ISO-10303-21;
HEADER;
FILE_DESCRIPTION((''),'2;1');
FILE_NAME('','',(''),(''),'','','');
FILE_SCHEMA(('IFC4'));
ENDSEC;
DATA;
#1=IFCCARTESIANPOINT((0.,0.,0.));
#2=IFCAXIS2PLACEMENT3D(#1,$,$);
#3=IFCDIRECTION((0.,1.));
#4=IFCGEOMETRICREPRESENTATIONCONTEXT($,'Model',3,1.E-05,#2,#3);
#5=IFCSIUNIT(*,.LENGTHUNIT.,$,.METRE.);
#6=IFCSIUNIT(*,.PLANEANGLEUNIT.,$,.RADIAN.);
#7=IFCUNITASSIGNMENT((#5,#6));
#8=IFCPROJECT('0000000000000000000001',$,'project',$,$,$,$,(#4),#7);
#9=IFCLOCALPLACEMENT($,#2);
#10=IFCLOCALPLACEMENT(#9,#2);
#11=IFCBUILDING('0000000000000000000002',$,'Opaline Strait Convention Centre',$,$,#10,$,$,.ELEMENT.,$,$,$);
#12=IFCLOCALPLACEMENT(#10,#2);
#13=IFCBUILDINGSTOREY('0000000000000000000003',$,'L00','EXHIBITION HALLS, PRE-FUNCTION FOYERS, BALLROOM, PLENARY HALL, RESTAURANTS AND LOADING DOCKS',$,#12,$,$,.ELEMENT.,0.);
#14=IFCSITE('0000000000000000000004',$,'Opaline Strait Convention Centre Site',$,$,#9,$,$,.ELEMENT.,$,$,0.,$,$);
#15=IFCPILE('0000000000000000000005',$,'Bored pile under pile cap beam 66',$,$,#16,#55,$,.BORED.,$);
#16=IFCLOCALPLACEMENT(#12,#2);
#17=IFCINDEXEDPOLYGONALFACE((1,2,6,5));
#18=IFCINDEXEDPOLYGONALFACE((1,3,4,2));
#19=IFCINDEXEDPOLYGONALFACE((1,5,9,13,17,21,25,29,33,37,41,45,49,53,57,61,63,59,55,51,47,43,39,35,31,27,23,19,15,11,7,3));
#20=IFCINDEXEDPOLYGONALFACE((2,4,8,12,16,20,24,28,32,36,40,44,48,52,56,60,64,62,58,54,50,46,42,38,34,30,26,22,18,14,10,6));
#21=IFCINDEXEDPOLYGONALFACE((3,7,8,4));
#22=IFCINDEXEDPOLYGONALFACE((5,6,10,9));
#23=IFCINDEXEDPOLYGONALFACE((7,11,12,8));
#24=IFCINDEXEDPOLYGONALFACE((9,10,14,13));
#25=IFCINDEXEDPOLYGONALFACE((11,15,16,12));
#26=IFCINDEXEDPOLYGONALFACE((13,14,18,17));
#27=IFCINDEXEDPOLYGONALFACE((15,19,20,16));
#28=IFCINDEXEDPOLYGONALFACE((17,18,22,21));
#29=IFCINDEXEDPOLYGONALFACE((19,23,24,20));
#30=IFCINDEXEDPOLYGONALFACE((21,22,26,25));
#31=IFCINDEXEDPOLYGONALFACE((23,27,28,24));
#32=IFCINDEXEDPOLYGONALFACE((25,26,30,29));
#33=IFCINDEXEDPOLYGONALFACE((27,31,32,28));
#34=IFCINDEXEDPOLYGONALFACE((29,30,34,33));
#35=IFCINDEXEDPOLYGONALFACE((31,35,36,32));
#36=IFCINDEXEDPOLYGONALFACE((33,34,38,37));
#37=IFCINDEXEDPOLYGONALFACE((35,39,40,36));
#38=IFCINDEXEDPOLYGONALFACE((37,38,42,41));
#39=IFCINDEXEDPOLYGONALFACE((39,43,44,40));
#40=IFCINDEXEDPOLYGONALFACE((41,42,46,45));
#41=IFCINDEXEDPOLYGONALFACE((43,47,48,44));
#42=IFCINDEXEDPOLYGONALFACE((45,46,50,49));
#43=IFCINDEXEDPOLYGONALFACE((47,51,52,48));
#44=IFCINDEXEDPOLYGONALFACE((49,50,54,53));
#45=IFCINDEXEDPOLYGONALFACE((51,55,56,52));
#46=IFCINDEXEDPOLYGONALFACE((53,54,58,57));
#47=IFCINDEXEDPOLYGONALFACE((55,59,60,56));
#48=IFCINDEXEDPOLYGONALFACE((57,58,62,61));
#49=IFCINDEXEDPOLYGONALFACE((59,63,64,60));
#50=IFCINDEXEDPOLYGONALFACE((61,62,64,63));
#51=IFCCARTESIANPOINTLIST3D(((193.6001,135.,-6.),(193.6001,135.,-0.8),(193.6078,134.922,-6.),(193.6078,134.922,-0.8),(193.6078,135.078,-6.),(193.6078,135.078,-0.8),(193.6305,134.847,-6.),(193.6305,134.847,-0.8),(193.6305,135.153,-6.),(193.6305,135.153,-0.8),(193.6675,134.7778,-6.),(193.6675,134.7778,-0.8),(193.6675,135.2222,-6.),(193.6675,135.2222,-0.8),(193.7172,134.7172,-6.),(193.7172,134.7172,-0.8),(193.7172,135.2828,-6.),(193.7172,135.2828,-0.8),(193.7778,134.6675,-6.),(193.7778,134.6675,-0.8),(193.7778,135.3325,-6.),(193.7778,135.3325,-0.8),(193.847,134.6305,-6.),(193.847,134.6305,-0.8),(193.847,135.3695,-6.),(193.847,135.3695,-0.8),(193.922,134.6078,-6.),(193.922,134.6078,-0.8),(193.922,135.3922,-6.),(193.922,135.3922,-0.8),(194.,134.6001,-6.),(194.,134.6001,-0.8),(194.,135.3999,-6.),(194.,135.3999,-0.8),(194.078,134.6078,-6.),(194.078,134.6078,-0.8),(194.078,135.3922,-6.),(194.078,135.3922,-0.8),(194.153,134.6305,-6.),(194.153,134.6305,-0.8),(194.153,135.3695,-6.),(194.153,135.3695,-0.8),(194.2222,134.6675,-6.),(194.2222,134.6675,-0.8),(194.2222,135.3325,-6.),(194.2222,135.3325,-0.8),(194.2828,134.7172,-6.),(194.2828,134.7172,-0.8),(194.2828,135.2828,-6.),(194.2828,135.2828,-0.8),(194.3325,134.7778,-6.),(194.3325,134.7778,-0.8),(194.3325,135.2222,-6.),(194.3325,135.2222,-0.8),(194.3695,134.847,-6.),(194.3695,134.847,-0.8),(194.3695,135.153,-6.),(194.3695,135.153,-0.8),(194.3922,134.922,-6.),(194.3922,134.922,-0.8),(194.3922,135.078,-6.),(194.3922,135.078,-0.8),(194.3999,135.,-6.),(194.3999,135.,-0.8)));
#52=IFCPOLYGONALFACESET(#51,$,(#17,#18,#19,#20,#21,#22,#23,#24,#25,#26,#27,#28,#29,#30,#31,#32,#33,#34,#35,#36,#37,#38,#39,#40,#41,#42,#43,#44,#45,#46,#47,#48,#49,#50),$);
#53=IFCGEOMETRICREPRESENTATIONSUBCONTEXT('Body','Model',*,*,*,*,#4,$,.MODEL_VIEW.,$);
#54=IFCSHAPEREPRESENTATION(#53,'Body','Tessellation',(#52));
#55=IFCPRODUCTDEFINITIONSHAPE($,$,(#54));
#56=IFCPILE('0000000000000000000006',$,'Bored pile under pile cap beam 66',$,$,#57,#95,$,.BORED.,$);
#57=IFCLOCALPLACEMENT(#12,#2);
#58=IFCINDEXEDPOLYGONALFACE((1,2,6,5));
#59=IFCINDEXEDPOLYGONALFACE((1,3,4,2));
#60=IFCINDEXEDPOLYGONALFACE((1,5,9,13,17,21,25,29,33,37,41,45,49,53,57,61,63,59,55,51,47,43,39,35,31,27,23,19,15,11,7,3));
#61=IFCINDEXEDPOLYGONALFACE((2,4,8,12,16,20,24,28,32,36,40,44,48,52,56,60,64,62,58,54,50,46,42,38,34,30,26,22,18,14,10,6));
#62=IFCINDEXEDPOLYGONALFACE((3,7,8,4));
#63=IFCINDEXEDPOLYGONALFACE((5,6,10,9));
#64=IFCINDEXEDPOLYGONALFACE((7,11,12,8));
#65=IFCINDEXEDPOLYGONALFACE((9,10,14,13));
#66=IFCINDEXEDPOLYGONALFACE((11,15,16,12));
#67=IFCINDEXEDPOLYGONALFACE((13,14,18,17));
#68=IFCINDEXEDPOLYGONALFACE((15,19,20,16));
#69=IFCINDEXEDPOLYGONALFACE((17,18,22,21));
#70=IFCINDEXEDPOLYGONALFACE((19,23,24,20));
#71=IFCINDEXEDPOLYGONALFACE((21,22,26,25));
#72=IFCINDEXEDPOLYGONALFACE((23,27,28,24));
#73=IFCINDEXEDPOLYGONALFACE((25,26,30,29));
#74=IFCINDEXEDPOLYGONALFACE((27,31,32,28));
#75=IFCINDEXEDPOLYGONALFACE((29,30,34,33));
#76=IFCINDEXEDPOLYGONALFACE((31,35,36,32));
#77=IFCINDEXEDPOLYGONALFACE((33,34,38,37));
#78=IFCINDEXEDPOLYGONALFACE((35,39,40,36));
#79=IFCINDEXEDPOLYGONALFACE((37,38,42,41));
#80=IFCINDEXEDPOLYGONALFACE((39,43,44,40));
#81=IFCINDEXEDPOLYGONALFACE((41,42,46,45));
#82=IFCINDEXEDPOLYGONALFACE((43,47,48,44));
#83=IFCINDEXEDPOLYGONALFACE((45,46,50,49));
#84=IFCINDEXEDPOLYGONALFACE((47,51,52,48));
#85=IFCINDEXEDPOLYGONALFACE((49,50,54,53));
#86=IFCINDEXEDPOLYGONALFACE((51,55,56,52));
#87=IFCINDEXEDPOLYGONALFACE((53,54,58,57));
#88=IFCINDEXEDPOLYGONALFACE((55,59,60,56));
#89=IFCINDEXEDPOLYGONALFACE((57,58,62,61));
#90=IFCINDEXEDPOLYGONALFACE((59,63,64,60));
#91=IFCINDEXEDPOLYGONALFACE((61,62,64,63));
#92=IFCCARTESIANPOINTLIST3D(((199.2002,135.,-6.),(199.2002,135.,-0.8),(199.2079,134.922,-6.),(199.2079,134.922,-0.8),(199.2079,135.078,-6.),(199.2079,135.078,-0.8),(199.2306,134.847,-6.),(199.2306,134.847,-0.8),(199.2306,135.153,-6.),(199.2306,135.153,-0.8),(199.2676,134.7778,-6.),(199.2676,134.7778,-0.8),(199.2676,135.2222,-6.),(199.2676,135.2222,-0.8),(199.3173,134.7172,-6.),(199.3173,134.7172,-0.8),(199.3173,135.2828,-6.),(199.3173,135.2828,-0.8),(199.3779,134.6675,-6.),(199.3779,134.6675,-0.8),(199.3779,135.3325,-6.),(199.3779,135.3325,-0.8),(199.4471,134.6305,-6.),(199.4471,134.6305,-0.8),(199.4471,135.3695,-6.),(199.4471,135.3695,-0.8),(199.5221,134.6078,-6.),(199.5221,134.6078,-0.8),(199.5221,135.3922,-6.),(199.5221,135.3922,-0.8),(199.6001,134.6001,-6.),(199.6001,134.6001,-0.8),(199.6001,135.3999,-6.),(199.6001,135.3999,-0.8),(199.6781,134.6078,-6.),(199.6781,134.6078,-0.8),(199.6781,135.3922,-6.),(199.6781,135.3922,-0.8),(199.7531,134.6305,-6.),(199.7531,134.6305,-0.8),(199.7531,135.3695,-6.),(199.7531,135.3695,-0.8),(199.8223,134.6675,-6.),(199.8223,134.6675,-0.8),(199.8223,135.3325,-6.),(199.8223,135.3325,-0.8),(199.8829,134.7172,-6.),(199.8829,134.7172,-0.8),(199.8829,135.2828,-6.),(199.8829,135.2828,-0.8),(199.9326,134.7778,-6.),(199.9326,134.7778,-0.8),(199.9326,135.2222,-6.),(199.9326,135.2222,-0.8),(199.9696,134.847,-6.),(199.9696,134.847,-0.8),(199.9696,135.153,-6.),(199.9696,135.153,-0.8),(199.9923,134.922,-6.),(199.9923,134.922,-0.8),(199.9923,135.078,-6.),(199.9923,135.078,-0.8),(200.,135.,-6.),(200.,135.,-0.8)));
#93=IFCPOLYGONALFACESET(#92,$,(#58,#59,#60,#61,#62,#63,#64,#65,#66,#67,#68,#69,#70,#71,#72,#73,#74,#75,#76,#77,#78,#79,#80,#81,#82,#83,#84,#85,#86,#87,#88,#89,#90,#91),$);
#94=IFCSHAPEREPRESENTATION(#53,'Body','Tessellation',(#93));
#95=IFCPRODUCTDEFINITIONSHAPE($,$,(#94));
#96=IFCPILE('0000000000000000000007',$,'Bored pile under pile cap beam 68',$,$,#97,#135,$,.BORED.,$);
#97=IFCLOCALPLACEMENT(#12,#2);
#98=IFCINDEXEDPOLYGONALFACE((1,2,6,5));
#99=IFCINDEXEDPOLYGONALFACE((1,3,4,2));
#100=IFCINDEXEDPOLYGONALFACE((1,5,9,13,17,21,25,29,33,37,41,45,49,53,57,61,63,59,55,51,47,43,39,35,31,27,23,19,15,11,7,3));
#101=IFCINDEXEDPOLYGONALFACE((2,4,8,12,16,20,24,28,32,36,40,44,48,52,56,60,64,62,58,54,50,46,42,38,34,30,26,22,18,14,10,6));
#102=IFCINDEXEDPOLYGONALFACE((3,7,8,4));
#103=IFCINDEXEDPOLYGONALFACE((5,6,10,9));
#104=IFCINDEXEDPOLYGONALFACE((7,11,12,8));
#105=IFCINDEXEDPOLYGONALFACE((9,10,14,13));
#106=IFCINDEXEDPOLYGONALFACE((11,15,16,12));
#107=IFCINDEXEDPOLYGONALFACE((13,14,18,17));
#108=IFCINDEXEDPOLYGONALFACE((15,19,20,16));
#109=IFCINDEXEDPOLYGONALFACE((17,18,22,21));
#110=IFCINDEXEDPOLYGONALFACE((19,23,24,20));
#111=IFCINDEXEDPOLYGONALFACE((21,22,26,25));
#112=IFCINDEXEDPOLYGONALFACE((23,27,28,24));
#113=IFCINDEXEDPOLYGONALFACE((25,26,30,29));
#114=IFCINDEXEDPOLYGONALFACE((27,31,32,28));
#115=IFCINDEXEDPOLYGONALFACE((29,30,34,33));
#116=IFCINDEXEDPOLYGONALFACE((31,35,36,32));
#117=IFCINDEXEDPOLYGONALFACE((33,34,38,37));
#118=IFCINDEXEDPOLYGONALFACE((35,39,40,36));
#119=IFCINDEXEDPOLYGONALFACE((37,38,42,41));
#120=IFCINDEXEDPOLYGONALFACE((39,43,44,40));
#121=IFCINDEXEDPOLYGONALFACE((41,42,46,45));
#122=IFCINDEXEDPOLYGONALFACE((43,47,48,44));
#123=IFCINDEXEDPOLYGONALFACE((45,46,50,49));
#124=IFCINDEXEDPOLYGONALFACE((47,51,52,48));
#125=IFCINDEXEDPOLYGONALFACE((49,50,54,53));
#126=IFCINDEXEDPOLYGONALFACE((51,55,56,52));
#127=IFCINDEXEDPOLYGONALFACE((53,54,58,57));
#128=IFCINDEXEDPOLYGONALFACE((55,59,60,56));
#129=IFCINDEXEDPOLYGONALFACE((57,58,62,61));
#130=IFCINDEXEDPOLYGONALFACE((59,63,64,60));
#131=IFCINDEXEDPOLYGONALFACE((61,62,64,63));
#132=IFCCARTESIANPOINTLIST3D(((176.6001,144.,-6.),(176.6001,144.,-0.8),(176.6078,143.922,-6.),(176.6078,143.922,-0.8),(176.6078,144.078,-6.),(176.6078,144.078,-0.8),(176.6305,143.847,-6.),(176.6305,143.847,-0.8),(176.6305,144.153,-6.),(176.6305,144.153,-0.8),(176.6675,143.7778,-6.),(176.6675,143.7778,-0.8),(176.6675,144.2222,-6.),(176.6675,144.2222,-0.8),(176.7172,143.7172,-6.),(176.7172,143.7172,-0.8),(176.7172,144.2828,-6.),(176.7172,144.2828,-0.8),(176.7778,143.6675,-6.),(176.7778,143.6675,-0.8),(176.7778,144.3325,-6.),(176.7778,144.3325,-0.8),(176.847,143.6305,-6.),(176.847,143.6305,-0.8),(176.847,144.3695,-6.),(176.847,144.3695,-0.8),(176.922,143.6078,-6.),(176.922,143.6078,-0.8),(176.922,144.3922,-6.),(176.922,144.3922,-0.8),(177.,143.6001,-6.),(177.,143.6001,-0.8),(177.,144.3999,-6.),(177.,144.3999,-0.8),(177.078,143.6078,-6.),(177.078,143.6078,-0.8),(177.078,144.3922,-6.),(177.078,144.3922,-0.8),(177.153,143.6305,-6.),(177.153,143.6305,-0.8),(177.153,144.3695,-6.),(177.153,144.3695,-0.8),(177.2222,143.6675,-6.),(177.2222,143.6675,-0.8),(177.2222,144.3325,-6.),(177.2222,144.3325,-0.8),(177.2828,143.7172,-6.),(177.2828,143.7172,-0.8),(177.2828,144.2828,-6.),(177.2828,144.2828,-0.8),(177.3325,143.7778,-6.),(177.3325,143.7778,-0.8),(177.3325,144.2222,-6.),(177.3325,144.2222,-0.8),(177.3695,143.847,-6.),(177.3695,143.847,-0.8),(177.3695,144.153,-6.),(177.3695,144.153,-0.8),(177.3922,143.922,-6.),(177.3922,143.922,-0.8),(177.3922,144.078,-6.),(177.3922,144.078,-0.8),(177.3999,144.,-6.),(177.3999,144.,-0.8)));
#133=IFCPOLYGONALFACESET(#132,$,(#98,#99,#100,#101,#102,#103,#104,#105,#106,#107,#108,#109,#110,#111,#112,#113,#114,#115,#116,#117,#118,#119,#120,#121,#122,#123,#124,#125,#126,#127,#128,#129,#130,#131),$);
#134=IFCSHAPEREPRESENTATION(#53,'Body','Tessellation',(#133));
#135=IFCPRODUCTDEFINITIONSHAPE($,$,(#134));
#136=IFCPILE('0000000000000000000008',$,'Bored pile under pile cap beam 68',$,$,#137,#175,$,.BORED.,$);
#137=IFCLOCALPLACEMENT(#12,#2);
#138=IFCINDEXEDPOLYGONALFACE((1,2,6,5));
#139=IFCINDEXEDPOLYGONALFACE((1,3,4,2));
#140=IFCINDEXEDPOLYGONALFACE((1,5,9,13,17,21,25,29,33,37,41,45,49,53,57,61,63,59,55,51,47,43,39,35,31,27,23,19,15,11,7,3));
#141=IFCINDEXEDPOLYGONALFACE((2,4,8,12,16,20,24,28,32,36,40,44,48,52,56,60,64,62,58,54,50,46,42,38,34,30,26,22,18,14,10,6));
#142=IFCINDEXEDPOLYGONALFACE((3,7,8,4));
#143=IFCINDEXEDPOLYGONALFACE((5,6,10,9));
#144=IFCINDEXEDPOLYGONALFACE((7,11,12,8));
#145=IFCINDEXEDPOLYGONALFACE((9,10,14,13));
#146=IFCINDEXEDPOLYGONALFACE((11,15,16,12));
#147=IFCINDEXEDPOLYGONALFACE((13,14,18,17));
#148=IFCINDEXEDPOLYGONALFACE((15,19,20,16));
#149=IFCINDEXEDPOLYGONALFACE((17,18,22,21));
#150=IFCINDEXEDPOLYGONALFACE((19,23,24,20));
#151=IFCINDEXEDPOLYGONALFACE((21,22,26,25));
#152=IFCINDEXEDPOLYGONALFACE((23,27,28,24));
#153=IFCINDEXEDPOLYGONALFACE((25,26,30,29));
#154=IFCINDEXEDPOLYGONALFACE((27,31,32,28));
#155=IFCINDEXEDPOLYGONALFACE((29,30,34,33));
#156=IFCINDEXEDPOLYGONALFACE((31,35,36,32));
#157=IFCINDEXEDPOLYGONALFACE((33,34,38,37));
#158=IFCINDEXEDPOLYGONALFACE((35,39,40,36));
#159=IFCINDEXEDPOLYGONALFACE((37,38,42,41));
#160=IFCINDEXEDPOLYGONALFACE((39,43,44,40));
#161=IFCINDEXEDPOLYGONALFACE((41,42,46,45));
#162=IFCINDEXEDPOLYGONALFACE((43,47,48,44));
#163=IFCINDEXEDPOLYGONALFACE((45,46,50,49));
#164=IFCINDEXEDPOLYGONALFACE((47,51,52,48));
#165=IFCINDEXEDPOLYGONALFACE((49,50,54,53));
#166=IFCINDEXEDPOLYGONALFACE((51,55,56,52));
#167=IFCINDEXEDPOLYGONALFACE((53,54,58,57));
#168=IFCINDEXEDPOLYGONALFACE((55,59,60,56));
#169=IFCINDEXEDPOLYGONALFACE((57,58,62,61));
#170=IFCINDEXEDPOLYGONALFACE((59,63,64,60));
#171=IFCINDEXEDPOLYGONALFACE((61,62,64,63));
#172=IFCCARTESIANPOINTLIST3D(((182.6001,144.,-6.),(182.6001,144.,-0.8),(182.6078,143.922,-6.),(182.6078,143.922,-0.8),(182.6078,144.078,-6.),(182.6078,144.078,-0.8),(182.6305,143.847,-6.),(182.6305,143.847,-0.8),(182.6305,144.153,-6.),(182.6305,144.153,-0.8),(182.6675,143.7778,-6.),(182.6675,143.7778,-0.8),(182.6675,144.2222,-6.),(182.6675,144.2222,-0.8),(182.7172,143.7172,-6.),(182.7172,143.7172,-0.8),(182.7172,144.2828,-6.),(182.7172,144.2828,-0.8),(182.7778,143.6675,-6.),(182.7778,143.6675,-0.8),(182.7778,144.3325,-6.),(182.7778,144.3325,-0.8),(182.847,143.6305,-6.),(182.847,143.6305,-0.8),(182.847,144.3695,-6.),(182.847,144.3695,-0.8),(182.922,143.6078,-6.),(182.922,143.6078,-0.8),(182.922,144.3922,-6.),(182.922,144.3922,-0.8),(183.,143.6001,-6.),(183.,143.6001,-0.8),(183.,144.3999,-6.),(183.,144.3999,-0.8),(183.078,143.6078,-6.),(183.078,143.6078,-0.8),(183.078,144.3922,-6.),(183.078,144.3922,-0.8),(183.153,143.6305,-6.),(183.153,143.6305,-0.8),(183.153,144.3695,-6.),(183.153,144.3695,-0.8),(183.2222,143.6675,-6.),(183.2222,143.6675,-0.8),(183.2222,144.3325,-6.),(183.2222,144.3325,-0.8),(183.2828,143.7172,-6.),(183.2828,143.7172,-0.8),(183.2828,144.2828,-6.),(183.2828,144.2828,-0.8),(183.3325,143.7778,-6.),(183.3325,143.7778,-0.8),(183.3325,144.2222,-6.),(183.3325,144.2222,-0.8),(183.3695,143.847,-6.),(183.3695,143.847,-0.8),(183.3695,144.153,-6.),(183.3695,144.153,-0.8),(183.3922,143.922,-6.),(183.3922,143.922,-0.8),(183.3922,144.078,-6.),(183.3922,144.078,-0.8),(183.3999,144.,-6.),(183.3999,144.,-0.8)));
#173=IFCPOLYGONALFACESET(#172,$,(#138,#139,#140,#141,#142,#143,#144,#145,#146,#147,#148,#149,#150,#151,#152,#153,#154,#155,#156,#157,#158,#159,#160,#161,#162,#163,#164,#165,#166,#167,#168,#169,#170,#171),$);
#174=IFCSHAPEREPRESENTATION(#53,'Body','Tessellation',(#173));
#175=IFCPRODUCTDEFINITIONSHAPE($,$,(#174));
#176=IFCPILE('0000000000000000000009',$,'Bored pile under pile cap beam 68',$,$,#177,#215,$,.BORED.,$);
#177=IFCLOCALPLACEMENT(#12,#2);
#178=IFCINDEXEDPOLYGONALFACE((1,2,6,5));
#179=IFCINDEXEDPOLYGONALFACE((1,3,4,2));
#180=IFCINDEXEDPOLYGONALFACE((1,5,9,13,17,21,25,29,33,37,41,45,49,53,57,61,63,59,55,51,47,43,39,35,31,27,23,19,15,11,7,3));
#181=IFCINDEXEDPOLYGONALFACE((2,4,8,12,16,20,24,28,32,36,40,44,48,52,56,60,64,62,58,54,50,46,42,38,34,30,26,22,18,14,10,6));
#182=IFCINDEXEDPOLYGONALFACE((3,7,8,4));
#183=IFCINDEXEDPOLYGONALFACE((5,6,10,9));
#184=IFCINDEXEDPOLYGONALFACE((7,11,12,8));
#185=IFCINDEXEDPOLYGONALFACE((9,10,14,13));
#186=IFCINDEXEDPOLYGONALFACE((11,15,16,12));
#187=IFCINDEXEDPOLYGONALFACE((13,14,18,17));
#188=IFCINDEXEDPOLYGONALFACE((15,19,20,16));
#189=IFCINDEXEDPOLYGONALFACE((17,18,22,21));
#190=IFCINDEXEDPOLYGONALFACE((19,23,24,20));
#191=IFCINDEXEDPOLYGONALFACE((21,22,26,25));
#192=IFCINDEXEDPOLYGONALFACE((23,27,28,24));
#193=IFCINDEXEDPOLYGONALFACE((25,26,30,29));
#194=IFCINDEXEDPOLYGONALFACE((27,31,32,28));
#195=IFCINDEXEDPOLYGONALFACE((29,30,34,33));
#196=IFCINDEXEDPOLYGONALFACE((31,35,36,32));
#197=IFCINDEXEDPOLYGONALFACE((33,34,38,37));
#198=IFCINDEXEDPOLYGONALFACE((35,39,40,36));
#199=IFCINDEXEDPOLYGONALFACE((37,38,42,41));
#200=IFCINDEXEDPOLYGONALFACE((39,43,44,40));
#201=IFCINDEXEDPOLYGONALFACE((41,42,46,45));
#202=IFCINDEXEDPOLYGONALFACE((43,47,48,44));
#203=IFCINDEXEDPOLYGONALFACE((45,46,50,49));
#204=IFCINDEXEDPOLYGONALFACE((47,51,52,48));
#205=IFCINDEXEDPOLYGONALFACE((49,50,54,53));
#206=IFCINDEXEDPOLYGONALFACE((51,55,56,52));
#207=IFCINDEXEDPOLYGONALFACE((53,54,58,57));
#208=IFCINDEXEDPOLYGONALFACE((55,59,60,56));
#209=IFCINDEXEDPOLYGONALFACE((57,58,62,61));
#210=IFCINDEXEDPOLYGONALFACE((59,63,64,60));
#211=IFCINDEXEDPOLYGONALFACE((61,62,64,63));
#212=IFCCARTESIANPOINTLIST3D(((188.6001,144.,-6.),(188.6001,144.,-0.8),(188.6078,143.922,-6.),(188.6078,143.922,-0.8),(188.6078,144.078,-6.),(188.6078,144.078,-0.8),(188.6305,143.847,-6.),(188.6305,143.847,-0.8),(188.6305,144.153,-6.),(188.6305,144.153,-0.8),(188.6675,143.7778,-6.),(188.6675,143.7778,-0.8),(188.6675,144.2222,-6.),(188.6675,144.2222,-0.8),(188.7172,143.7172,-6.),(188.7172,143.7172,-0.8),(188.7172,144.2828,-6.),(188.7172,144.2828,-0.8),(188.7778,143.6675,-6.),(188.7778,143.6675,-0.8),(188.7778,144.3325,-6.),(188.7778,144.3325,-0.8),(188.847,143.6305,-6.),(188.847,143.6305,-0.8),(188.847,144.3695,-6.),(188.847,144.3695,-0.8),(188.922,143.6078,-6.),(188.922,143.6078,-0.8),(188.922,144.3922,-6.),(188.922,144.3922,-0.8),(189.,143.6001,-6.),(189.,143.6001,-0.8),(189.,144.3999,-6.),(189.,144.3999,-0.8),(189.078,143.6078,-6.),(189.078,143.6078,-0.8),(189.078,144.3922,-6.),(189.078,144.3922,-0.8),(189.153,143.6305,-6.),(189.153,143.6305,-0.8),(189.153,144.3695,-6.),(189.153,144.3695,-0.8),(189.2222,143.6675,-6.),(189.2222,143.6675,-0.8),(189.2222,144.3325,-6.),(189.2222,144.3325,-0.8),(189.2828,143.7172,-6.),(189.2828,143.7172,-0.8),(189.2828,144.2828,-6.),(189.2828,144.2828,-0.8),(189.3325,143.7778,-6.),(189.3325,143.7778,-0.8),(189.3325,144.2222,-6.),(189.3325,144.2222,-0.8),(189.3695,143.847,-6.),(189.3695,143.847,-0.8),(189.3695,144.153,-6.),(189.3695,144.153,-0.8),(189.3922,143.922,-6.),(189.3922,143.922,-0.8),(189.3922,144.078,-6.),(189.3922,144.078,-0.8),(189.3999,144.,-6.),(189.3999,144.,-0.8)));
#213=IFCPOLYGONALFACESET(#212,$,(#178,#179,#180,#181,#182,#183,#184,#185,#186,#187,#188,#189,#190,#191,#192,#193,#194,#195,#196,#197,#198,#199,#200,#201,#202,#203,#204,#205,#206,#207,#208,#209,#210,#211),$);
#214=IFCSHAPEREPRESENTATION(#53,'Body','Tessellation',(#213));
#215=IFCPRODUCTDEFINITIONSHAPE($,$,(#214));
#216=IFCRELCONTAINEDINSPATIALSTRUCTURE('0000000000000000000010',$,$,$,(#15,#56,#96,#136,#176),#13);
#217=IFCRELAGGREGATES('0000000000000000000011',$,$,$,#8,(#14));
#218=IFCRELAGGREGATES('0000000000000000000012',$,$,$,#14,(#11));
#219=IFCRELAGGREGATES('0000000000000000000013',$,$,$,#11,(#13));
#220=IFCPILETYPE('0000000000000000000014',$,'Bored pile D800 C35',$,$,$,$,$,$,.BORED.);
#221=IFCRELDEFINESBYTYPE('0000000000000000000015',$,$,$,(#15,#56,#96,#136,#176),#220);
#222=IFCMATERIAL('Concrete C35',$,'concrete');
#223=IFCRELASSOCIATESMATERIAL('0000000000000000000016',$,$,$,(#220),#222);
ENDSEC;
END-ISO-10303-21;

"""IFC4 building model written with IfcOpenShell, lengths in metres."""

from ifc_helpers import new_model, si_unit, direction, frame, origin, origin_2d, place, context, subcontext, project, spatial, circle, extrude, material, material_profile, profile_set, type_object, element, save


model = new_model("IFC4")

# Units and contexts
model_context = context("Model", 3, precision=1e-05, world=origin(), true_north=direction((0.0, 1.0)))
body_context = subcontext(model_context, "Body", "Model", "MODEL_VIEW")
ifc_project = project(units=[si_unit("LENGTHUNIT", "METRE"), si_unit("PLANEANGLEUNIT", "RADIAN")], contexts=[model_context])

# Site, building, storey
site_placement = place(None, origin())
site = spatial("IfcSite", under=ifc_project, at=site_placement, Name="Opaline Strait Convention Centre Site", CompositionType="ELEMENT", RefElevation=0.0)
building_placement = place(site_placement, origin())
building = spatial("IfcBuilding", under=site, at=building_placement, Name="Opaline Strait Convention Centre", CompositionType="ELEMENT")
storey_placement = place(building_placement, origin())
storey = spatial("IfcBuildingStorey", under=building, at=storey_placement, Name="L00", Description="EXHIBITION HALLS, PRE-FUNCTION FOYERS, BALLROOM, PLENARY HALL, RESTAURANTS AND LOADING DOCKS", CompositionType="ELEMENT", Elevation=0.0)

# Piles
ifc_material_1 = material(Name="Concrete C35", Category="concrete")
ifc_material_profile_1 = material_profile(ifc_material_1, circle(Radius=0.3999, at=origin_2d()), Name="D800")
ifc_profile_set_1 = profile_set([ifc_material_profile_1], Name="Concrete C35")
pile_type = type_object("IfcPileType", Name="Bored pile D800 C35", PredefinedType="BORED", material=ifc_profile_set_1)
for number, where, z_axis, x_axis, name in (
    (1, (194.0, 135.0, -0.8), (0.0, 0.0, -1.0), (1.0, 0.0, 0.0), "Bored pile under pile cap beam 66"),
    (2, (199.6001, 135.0, -0.8), (0.0, 0.0, -1.0), (1.0, 0.0, 0.0), "Bored pile under pile cap beam 66"),
    (3, (177.0, 144.0, -0.8), (0.0, 0.0, -1.0), (1.0, 0.0, 0.0), "Bored pile under pile cap beam 68"),
    (4, (183.0, 144.0, -0.8), (0.0, 0.0, -1.0), (1.0, 0.0, 0.0), "Bored pile under pile cap beam 68"),
    (5, (189.0, 144.0, -0.8), (0.0, 0.0, -1.0), (1.0, 0.0, 0.0), "Bored pile under pile cap beam 68"),
):
    element("IfcPile", number, at=place(storey_placement, frame(where, z_axis=z_axis, x_axis=x_axis)), inside=storey, type_object=pile_type, Name=name, PredefinedType="BORED", context=body_context, shape_type="SweptSolid", body=[
        extrude(circle(Radius=0.3999, at=origin_2d()), origin(), (0.0, 0.0, 1.0), 5.2),
    ])

save(model, "model.ifc")
